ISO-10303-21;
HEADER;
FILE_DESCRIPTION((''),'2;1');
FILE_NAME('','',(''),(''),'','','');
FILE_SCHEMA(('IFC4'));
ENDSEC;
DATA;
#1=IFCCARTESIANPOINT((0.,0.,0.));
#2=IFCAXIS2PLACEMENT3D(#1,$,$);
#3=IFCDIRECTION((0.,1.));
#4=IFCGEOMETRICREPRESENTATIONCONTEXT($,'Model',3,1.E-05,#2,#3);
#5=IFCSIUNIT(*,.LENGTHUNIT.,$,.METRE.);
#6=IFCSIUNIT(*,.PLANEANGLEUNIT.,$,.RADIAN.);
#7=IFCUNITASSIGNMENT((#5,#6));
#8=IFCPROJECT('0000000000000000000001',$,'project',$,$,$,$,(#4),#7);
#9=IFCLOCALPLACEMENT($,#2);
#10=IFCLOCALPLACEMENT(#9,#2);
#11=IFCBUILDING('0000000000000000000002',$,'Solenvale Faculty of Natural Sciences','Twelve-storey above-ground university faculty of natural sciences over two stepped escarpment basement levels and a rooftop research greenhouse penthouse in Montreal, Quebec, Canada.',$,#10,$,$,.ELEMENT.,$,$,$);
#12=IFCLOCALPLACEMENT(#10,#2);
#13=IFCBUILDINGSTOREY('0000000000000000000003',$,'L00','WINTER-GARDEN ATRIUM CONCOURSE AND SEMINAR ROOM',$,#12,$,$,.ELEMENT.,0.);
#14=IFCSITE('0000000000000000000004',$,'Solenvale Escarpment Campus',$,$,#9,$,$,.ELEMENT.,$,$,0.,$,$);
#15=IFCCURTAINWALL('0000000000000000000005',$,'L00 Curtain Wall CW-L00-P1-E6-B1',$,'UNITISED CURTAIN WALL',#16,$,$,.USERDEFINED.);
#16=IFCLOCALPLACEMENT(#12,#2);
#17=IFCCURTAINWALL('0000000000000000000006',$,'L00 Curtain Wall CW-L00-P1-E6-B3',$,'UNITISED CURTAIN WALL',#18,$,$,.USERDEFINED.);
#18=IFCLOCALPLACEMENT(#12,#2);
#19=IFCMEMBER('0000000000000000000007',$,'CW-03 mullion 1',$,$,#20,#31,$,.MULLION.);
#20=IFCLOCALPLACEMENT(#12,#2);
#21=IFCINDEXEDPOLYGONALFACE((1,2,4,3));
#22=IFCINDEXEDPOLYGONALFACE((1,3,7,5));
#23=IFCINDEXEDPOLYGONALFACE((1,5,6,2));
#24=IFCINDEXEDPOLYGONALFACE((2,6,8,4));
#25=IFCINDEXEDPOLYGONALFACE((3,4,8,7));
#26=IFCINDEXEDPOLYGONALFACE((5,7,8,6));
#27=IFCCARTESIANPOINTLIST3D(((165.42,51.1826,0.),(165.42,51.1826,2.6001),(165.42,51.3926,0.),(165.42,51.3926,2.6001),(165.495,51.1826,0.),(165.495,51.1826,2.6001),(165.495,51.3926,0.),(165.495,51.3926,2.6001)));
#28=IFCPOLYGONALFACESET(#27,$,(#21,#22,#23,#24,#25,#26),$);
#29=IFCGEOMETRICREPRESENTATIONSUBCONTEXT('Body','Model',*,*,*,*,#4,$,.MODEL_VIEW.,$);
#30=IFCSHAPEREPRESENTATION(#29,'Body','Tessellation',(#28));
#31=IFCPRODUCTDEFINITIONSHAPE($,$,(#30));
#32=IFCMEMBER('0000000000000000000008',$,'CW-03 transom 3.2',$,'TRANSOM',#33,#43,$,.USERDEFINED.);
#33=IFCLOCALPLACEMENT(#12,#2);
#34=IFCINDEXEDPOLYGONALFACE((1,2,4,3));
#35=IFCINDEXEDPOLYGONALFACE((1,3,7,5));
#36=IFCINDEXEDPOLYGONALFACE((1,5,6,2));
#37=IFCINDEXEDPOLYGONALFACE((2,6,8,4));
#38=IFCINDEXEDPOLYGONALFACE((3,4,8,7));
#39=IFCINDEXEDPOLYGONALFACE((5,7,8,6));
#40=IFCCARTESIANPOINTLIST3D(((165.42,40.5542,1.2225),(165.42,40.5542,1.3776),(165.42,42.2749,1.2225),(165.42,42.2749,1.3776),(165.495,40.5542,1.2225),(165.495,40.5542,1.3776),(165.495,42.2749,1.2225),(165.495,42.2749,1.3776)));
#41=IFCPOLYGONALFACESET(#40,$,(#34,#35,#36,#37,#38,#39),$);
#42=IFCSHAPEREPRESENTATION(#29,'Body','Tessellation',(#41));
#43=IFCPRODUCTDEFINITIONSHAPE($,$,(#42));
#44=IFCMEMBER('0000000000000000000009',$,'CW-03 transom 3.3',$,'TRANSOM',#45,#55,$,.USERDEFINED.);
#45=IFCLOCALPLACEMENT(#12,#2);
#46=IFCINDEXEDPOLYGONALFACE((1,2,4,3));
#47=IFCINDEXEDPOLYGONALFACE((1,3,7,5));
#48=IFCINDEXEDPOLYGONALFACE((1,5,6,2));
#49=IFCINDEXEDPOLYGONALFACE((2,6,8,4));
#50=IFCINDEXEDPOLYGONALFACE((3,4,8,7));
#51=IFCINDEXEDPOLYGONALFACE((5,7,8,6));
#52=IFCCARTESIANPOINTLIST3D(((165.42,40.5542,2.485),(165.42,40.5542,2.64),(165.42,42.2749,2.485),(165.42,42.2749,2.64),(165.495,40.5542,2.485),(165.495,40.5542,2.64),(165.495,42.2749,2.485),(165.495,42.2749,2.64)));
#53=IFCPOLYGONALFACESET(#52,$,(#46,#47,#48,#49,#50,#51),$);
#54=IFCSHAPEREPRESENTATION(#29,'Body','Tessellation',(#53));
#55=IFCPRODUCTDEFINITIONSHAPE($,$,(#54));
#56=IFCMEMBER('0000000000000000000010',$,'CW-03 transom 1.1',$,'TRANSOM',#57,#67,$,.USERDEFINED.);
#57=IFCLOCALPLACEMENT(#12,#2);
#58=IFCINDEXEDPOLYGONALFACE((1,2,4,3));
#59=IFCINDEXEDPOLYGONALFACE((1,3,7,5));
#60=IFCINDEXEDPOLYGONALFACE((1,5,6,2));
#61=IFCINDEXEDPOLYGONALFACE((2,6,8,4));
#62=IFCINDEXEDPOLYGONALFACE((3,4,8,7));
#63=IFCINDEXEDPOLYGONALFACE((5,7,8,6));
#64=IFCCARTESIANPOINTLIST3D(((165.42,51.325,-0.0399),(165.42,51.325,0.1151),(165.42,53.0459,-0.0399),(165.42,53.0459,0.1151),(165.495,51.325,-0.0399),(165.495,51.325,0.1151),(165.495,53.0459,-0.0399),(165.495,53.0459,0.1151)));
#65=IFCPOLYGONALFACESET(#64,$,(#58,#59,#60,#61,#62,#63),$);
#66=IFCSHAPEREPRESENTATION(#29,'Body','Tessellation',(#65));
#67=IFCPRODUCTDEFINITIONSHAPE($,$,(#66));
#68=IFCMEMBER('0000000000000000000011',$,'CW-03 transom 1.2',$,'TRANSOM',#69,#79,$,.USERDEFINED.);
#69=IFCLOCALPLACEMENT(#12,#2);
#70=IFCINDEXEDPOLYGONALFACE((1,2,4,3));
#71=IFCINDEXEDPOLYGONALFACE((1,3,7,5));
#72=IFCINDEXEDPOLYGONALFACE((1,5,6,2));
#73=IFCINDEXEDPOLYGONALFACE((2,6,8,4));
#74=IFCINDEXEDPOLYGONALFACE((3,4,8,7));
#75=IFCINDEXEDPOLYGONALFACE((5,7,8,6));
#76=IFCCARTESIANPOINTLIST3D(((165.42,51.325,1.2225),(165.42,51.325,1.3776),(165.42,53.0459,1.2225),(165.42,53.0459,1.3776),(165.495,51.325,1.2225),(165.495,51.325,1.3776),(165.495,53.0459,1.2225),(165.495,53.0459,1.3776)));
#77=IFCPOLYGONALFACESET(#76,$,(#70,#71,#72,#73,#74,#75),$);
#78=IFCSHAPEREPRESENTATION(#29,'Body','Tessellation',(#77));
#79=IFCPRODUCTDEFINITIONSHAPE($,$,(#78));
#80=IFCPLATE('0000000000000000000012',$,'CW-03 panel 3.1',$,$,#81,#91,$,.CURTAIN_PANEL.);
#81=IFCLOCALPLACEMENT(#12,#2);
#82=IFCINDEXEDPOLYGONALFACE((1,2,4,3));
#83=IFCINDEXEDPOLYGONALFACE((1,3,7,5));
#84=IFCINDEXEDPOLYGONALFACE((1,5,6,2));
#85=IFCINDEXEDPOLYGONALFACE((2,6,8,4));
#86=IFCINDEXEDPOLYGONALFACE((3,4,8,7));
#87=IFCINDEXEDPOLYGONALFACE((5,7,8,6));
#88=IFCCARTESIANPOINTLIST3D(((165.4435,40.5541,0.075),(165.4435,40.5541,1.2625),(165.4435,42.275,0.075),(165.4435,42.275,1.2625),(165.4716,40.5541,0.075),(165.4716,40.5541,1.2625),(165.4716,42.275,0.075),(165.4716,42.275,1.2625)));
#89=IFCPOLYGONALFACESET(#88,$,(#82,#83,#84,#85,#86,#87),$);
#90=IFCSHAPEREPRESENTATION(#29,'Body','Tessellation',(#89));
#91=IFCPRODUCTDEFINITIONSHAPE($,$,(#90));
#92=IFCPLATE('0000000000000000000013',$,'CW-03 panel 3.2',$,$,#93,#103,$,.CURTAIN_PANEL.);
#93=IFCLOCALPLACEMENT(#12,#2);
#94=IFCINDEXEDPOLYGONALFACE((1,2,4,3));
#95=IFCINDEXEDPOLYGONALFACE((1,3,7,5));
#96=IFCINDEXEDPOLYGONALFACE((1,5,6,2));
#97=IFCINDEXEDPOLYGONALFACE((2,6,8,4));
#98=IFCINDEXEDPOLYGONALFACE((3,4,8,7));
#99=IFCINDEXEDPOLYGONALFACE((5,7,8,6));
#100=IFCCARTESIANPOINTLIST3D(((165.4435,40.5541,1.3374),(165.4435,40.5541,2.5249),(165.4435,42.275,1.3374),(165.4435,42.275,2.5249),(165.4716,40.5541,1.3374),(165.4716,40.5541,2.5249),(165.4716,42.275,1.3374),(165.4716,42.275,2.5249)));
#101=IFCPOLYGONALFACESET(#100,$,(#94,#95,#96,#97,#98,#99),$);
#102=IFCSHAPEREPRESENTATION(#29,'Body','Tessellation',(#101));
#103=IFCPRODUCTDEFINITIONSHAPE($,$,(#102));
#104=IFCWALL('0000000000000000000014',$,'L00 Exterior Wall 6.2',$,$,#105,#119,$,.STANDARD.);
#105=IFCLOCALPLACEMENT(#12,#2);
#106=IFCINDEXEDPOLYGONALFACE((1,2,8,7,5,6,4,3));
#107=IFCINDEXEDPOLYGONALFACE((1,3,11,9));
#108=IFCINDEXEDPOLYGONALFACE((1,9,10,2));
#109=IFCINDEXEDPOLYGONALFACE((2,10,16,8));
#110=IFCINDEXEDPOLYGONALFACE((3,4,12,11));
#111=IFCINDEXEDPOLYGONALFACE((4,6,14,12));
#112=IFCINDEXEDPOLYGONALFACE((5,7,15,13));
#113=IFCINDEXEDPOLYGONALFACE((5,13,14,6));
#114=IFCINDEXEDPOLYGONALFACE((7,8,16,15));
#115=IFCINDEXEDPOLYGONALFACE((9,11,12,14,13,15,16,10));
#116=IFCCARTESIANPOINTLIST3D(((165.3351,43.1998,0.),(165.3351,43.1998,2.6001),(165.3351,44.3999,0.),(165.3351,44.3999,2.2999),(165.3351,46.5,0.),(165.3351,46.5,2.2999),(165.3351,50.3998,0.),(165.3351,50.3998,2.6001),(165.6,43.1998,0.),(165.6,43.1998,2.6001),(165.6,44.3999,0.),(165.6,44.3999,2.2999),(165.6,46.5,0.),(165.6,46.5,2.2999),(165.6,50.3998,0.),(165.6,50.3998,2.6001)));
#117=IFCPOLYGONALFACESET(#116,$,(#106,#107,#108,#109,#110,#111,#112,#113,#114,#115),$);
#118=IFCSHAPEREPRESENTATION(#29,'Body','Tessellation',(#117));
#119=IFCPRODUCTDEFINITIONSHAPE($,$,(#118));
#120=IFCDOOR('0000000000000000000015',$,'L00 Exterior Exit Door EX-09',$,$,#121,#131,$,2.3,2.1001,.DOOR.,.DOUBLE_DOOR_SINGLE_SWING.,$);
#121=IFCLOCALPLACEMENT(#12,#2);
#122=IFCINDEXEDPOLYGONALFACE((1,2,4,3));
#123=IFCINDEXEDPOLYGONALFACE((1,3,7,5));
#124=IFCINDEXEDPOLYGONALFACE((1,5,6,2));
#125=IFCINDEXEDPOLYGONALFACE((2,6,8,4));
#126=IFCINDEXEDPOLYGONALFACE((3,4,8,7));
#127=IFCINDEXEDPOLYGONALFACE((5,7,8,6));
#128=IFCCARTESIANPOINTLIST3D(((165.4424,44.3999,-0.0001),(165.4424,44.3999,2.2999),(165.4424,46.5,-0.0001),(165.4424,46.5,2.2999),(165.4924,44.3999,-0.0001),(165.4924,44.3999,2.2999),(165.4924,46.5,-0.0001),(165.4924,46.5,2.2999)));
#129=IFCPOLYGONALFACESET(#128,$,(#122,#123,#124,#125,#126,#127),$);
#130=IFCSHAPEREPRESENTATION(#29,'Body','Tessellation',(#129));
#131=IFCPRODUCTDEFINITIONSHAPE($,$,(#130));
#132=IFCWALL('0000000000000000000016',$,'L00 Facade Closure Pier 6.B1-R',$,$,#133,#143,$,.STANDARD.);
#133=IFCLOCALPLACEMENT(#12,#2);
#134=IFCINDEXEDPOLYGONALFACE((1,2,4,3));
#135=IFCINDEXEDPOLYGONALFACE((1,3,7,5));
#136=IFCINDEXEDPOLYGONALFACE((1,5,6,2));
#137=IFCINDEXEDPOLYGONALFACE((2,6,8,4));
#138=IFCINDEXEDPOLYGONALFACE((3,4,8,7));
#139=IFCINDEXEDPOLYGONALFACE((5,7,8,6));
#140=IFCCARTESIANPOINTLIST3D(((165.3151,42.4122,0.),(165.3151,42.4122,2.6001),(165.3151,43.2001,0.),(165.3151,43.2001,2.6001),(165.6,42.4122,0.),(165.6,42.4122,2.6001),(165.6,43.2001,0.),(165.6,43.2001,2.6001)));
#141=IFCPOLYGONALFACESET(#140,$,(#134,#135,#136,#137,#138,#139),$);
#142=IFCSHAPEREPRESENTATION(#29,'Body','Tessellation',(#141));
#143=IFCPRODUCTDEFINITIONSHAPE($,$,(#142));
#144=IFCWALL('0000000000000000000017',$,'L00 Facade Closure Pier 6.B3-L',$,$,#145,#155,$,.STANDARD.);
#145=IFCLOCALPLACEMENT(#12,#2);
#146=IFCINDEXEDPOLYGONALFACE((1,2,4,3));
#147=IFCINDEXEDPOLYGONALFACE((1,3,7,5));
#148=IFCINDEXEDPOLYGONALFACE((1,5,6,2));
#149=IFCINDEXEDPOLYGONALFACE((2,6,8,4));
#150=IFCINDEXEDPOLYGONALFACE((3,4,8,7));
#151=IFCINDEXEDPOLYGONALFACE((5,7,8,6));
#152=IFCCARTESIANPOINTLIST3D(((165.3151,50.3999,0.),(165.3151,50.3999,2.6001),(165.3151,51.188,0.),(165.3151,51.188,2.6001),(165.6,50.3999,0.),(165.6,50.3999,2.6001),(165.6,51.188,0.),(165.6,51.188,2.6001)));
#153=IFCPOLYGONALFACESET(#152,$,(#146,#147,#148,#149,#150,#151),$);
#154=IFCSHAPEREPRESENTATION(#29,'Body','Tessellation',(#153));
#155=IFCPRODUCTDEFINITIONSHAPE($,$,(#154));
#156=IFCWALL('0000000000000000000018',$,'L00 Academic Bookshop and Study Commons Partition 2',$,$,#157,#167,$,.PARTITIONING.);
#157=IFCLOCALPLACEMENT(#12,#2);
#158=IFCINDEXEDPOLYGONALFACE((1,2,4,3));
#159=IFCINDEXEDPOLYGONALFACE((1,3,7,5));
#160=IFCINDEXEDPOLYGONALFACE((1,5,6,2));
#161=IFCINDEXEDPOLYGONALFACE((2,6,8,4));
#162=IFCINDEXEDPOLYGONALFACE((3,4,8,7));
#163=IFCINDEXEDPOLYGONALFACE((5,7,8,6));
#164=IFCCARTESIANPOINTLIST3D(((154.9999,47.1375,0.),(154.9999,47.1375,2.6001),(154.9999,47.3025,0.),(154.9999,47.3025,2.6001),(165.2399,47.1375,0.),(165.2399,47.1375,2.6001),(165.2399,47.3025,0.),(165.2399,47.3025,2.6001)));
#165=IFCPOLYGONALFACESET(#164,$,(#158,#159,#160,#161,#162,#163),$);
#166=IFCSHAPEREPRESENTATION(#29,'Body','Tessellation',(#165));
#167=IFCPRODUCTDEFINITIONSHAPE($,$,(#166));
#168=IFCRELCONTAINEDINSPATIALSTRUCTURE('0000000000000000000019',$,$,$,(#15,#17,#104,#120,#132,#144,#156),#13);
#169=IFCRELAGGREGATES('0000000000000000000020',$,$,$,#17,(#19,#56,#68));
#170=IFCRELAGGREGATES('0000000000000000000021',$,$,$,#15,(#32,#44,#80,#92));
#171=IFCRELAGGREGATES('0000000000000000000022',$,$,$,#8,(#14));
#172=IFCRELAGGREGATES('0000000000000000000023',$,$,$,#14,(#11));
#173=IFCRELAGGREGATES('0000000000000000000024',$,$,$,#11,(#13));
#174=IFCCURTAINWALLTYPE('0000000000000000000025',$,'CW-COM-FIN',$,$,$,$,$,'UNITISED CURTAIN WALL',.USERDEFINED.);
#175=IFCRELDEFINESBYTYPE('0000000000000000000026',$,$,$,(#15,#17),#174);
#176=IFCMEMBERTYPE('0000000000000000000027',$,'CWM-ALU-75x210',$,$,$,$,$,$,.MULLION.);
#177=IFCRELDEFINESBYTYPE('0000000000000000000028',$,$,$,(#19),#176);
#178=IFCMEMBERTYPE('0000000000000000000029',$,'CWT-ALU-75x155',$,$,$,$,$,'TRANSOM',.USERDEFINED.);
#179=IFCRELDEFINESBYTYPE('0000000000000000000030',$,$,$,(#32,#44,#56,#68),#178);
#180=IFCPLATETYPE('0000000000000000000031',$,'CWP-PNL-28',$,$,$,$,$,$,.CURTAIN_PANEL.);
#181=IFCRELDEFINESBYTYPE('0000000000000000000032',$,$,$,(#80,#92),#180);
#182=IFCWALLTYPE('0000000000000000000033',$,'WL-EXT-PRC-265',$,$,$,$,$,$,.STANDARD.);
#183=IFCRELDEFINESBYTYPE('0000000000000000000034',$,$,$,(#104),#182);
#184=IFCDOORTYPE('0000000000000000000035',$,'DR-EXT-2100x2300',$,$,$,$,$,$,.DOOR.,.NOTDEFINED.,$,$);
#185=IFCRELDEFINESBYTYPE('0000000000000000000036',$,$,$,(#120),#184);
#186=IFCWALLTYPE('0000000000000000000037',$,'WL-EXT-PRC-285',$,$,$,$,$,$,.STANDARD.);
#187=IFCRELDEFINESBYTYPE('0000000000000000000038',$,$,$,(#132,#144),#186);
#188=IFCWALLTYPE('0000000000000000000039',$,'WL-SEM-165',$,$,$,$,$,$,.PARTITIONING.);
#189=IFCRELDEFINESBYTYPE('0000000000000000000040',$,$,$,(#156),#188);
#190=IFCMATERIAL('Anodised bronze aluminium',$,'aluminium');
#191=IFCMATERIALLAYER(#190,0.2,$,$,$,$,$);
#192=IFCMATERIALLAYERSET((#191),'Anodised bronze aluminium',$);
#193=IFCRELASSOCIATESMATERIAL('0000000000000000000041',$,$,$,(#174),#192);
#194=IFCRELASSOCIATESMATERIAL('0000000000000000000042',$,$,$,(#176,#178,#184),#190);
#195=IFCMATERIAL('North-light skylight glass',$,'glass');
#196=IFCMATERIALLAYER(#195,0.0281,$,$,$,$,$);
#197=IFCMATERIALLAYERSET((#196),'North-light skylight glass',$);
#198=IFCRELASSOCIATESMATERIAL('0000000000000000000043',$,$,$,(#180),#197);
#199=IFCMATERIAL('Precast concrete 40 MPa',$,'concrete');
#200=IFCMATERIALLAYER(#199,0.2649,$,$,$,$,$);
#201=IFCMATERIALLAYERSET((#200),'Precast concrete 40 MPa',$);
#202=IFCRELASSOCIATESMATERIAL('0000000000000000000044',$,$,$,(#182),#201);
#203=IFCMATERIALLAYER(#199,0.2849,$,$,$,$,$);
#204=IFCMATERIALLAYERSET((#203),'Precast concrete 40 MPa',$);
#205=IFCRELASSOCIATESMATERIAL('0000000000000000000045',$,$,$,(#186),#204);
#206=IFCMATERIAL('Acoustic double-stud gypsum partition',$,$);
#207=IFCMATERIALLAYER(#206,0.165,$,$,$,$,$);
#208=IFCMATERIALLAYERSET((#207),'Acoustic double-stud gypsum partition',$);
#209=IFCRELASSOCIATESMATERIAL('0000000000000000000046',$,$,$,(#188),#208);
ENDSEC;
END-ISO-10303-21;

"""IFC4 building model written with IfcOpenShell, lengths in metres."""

from ifc_helpers import new_model, si_unit, direction, frame, frame_2d, origin, origin_2d, place, context, subcontext, project, spatial, rectangle, extrude, material, layer, layer_set, material_profile, profile_set, type_object, element, fill, aggregate, save


model = new_model("IFC4")

# Units and contexts
model_context = context("Model", 3, precision=1e-05, world=origin(), true_north=direction((0.0, 1.0)))
body_context = subcontext(model_context, "Body", "Model", "MODEL_VIEW")
ifc_project = project(units=[si_unit("LENGTHUNIT", "METRE"), si_unit("PLANEANGLEUNIT", "RADIAN")], contexts=[model_context])

# Site, building, storey
site_placement = place(None, origin())
site = spatial("IfcSite", under=ifc_project, at=site_placement, Name="Solenvale Escarpment Campus", CompositionType="ELEMENT", RefElevation=0.0)
building_placement = place(site_placement, origin())
building = spatial("IfcBuilding", under=site, at=building_placement, Name="Solenvale Faculty of Natural Sciences", Description="Twelve-storey above-ground university faculty of natural sciences over two stepped escarpment basement levels and a rooftop research greenhouse penthouse in Montreal, Quebec, Canada.", CompositionType="ELEMENT")
storey_placement = place(building_placement, origin())
storey = spatial("IfcBuildingStorey", under=building, at=storey_placement, Name="L00", Description="WINTER-GARDEN ATRIUM CONCOURSE AND SEMINAR ROOM", CompositionType="ELEMENT", Elevation=0.0)

# Curtain walls, member
ifc_material_1 = material(Name="Anodised bronze aluminium", Category="aluminium")
ifc_layer_1 = layer(ifc_material_1, 0.2)
ifc_layer_set_1 = layer_set([ifc_layer_1], Name="Anodised bronze aluminium")
curtain_wall_type = type_object("IfcCurtainWallType", Name="CW-COM-FIN", ElementType="UNITISED CURTAIN WALL", PredefinedType="USERDEFINED", material=ifc_layer_set_1)
curtain_wall_1_placement = place(storey_placement, origin())
curtain_wall_1 = element("IfcCurtainWall", 1, at=curtain_wall_1_placement, inside=storey, type_object=curtain_wall_type, Name="L00 Curtain Wall CW-L00-P1-E6-B1", ObjectType="UNITISED CURTAIN WALL", PredefinedType="USERDEFINED")
ifc_material_profile_1 = material_profile(ifc_material_1, rectangle(XDim=0.075, YDim=0.21, at=origin_2d()), Name="ALU-MUL-75x210")
ifc_profile_set_1 = profile_set([ifc_material_profile_1], Name="Anodised bronze aluminium")
member_type_1 = type_object("IfcMemberType", Name="CWM-ALU-75x210", PredefinedType="MULLION", material=ifc_profile_set_1)
curtain_wall_2_placement = place(storey_placement, origin())
curtain_wall_2 = element("IfcCurtainWall", 2, at=curtain_wall_2_placement, inside=storey, type_object=curtain_wall_type, Name="L00 Curtain Wall CW-L00-P1-E6-B3", ObjectType="UNITISED CURTAIN WALL", PredefinedType="USERDEFINED")
member_1_placement = place(storey_placement, frame((165.4575, 51.2876, 0.0), z_axis=(0.0, 0.0, 1.0), x_axis=(-1.0, 0.0, 0.0)))
member_1 = element("IfcMember", 3, at=member_1_placement, type_object=member_type_1, Name="CW-03 mullion 1", PredefinedType="MULLION", context=body_context, shape_type="SweptSolid", body=[
    extrude(rectangle(XDim=0.075, YDim=0.21, at=origin_2d()), origin(), (0.0, 0.0, 1.0), 2.6001),
])

# Members
ifc_material_profile_2 = material_profile(ifc_material_1, rectangle(XDim=0.075, YDim=0.155, at=origin_2d()), Name="ALU-TRN-75x155")
ifc_profile_set_2 = profile_set([ifc_material_profile_2], Name="Anodised bronze aluminium")
member_type_2 = type_object("IfcMemberType", Name="CWT-ALU-75x155", ElementType="TRANSOM", PredefinedType="USERDEFINED", material=ifc_profile_set_2)
member_2_placement = place(storey_placement, frame((165.4575, 40.5542, 1.3), z_axis=(0.0, 1.0, 0.0), x_axis=(-1.0, 0.0, 0.0)))
member_2 = element("IfcMember", 4, at=member_2_placement, type_object=member_type_2, Name="CW-03 transom 3.2", ObjectType="TRANSOM", PredefinedType="USERDEFINED", context=body_context, shape_type="SweptSolid", body=[
    extrude(rectangle(XDim=0.075, YDim=0.155, at=origin_2d()), origin(), (0.0, 0.0, 1.0), 1.7207),
])
member_3_placement = place(storey_placement, frame((165.4575, 40.5542, 2.5625), z_axis=(0.0, 1.0, 0.0), x_axis=(-1.0, 0.0, 0.0)))
member_3 = element("IfcMember", 5, at=member_3_placement, type_object=member_type_2, Name="CW-03 transom 3.3", ObjectType="TRANSOM", PredefinedType="USERDEFINED", context=body_context, shape_type="SweptSolid", body=[
    extrude(rectangle(XDim=0.075, YDim=0.155, at=origin_2d()), origin(), (0.0, 0.0, 1.0), 1.7207),
])
member_4_placement = place(storey_placement, frame((165.4575, 51.325, 0.0376), z_axis=(0.0, 1.0, 0.0), x_axis=(-1.0, 0.0, 0.0)))
member_4 = element("IfcMember", 6, at=member_4_placement, type_object=member_type_2, Name="CW-03 transom 1.1", ObjectType="TRANSOM", PredefinedType="USERDEFINED", context=body_context, shape_type="SweptSolid", body=[
    extrude(rectangle(XDim=0.075, YDim=0.155, at=origin_2d()), origin(), (0.0, 0.0, 1.0), 1.7209),
])
member_5_placement = place(storey_placement, frame((165.4575, 51.325, 1.3), z_axis=(0.0, 1.0, 0.0), x_axis=(-1.0, 0.0, 0.0)))
member_5 = element("IfcMember", 7, at=member_5_placement, type_object=member_type_2, Name="CW-03 transom 1.2", ObjectType="TRANSOM", PredefinedType="USERDEFINED", context=body_context, shape_type="SweptSolid", body=[
    extrude(rectangle(XDim=0.075, YDim=0.155, at=origin_2d()), origin(), (0.0, 0.0, 1.0), 1.7209),
])
aggregate(curtain_wall_2, [member_1, member_4, member_5])

# Plates
ifc_material_2 = material(Name="North-light skylight glass", Category="glass")
ifc_layer_2 = layer(ifc_material_2, 0.0281)
ifc_layer_set_2 = layer_set([ifc_layer_2], Name="North-light skylight glass")
plate_type = type_object("IfcPlateType", Name="CWP-PNL-28", PredefinedType="CURTAIN_PANEL", material=ifc_layer_set_2)
plate_1_placement = place(storey_placement, frame((165.4575, 41.4146, 0.075), z_axis=(0.0, 0.0, 1.0), x_axis=(0.0, 1.0, 0.0)))
plate_1 = element("IfcPlate", 8, at=plate_1_placement, type_object=plate_type, Name="CW-03 panel 3.1", PredefinedType="CURTAIN_PANEL", context=body_context, shape_type="SweptSolid", body=[
    extrude(rectangle(XDim=1.7209, YDim=0.0281, at=origin_2d()), origin(), (0.0, 0.0, 1.0), 1.1875),
])
plate_2_placement = place(storey_placement, frame((165.4575, 41.4146, 1.3374), z_axis=(0.0, 0.0, 1.0), x_axis=(0.0, 1.0, 0.0)))
plate_2 = element("IfcPlate", 9, at=plate_2_placement, type_object=plate_type, Name="CW-03 panel 3.2", PredefinedType="CURTAIN_PANEL", context=body_context, shape_type="SweptSolid", body=[
    extrude(rectangle(XDim=1.7209, YDim=0.0281, at=origin_2d()), origin(), (0.0, 0.0, 1.0), 1.1875),
])
aggregate(curtain_wall_1, [member_2, member_3, plate_1, plate_2])

# Wall, opening, door
ifc_material_3 = material(Name="Precast concrete 40 MPa", Category="concrete")
ifc_layer_3 = layer(ifc_material_3, 0.2649)
ifc_layer_set_3 = layer_set([ifc_layer_3], Name="Precast concrete 40 MPa")
wall_type_1 = type_object("IfcWallType", Name="WL-EXT-PRC-265", PredefinedType="STANDARD", material=ifc_layer_set_3)
wall_1_placement = place(storey_placement, frame((165.4675, 50.3999, 0.0), z_axis=(0.0, 0.0, 1.0), x_axis=(0.0, -1.0, 0.0)))
wall_1 = element("IfcWall", 10, at=wall_1_placement, inside=storey, type_object=wall_type_1, Name="L00 Exterior Wall 6.2", PredefinedType="STANDARD", context=body_context, shape_type="SweptSolid", body=[
    extrude(rectangle(XDim=7.2, YDim=0.2649, at=frame_2d((3.6001, 0.0))), origin(), (0.0, 0.0, 1.0), 2.6001),
])
opening_placement = place(wall_1_placement, frame((3.8999, 0.0, 0.0)))
opening = element("IfcOpeningElement", 11, at=opening_placement, cuts=wall_1, PredefinedType="OPENING", context=body_context, shape_type="SweptSolid", body=[
    extrude(rectangle(XDim=2.1001, YDim=2.3, at=frame_2d((1.05, 1.1499))), frame((0.0, 0.1423, 0.0), z_axis=(0.0, -1.0, 0.0), x_axis=(1.0, 0.0, 0.0)), (0.0, 0.0, 1.0), 0.2849),
])
door_type = type_object("IfcDoorType", Name="DR-EXT-2100x2300", OperationType="NOTDEFINED", PredefinedType="DOOR", material=ifc_material_1)
door_placement = place(opening_placement, origin())
door = element("IfcDoor", 12, at=door_placement, inside=storey, type_object=door_type, Name="L00 Exterior Exit Door EX-09", OperationType="DOUBLE_DOOR_SINGLE_SWING", OverallHeight=2.3, OverallWidth=2.1001, PredefinedType="DOOR", context=body_context, shape_type="SweptSolid", body=[
    extrude(rectangle(XDim=2.1001, YDim=2.3, at=frame_2d((1.05, 1.1499))), frame((0.0, 0.0249, 0.0), z_axis=(0.0, -1.0, 0.0), x_axis=(1.0, 0.0, 0.0)), (0.0, 0.0, 1.0), 0.05),
])
fill(opening, door)

# Walls
ifc_layer_4 = layer(ifc_material_3, 0.2849)
ifc_layer_set_4 = layer_set([ifc_layer_4], Name="Precast concrete 40 MPa")
wall_type_2 = type_object("IfcWallType", Name="WL-EXT-PRC-285", PredefinedType="STANDARD", material=ifc_layer_set_4)
wall_2_placement = place(storey_placement, frame((165.4575, 42.4121, 0.0), z_axis=(0.0, 0.0, 1.0), x_axis=(0.0, 1.0, 0.0)))
element("IfcWall", 13, at=wall_2_placement, inside=storey, type_object=wall_type_2, Name="L00 Facade Closure Pier 6.B1-R", PredefinedType="STANDARD", context=body_context, shape_type="SweptSolid", body=[
    extrude(rectangle(XDim=0.7878, YDim=0.2849, at=frame_2d((0.394, 0.0))), origin(), (0.0, 0.0, 1.0), 2.6001),
])
wall_3_placement = place(storey_placement, frame((165.4575, 50.3999, 0.0), z_axis=(0.0, 0.0, 1.0), x_axis=(0.0, 1.0, 0.0)))
element("IfcWall", 14, at=wall_3_placement, inside=storey, type_object=wall_type_2, Name="L00 Facade Closure Pier 6.B3-L", PredefinedType="STANDARD", context=body_context, shape_type="SweptSolid", body=[
    extrude(rectangle(XDim=0.7881, YDim=0.2849, at=frame_2d((0.394, 0.0))), origin(), (0.0, 0.0, 1.0), 2.6001),
])
ifc_material_4 = material(Name="Acoustic double-stud gypsum partition")
ifc_layer_5 = layer(ifc_material_4, 0.165)
ifc_layer_set_5 = layer_set([ifc_layer_5], Name="Acoustic double-stud gypsum partition")
wall_type_3 = type_object("IfcWallType", Name="WL-SEM-165", PredefinedType="PARTITIONING", material=ifc_layer_set_5)
wall_4_placement = place(storey_placement, frame((165.24, 47.22, 0.0), z_axis=(0.0, 0.0, 1.0), x_axis=(-1.0, 0.0, 0.0)))
element("IfcWall", 15, at=wall_4_placement, inside=storey, type_object=wall_type_3, Name="L00 Academic Bookshop and Study Commons Partition 2", PredefinedType="PARTITIONING", context=body_context, shape_type="SweptSolid", body=[
    extrude(rectangle(XDim=10.24, YDim=0.165, at=frame_2d((5.1201, 0.0))), origin(), (0.0, 0.0, 1.0), 2.6001),
])

save(model, "model.ifc")
